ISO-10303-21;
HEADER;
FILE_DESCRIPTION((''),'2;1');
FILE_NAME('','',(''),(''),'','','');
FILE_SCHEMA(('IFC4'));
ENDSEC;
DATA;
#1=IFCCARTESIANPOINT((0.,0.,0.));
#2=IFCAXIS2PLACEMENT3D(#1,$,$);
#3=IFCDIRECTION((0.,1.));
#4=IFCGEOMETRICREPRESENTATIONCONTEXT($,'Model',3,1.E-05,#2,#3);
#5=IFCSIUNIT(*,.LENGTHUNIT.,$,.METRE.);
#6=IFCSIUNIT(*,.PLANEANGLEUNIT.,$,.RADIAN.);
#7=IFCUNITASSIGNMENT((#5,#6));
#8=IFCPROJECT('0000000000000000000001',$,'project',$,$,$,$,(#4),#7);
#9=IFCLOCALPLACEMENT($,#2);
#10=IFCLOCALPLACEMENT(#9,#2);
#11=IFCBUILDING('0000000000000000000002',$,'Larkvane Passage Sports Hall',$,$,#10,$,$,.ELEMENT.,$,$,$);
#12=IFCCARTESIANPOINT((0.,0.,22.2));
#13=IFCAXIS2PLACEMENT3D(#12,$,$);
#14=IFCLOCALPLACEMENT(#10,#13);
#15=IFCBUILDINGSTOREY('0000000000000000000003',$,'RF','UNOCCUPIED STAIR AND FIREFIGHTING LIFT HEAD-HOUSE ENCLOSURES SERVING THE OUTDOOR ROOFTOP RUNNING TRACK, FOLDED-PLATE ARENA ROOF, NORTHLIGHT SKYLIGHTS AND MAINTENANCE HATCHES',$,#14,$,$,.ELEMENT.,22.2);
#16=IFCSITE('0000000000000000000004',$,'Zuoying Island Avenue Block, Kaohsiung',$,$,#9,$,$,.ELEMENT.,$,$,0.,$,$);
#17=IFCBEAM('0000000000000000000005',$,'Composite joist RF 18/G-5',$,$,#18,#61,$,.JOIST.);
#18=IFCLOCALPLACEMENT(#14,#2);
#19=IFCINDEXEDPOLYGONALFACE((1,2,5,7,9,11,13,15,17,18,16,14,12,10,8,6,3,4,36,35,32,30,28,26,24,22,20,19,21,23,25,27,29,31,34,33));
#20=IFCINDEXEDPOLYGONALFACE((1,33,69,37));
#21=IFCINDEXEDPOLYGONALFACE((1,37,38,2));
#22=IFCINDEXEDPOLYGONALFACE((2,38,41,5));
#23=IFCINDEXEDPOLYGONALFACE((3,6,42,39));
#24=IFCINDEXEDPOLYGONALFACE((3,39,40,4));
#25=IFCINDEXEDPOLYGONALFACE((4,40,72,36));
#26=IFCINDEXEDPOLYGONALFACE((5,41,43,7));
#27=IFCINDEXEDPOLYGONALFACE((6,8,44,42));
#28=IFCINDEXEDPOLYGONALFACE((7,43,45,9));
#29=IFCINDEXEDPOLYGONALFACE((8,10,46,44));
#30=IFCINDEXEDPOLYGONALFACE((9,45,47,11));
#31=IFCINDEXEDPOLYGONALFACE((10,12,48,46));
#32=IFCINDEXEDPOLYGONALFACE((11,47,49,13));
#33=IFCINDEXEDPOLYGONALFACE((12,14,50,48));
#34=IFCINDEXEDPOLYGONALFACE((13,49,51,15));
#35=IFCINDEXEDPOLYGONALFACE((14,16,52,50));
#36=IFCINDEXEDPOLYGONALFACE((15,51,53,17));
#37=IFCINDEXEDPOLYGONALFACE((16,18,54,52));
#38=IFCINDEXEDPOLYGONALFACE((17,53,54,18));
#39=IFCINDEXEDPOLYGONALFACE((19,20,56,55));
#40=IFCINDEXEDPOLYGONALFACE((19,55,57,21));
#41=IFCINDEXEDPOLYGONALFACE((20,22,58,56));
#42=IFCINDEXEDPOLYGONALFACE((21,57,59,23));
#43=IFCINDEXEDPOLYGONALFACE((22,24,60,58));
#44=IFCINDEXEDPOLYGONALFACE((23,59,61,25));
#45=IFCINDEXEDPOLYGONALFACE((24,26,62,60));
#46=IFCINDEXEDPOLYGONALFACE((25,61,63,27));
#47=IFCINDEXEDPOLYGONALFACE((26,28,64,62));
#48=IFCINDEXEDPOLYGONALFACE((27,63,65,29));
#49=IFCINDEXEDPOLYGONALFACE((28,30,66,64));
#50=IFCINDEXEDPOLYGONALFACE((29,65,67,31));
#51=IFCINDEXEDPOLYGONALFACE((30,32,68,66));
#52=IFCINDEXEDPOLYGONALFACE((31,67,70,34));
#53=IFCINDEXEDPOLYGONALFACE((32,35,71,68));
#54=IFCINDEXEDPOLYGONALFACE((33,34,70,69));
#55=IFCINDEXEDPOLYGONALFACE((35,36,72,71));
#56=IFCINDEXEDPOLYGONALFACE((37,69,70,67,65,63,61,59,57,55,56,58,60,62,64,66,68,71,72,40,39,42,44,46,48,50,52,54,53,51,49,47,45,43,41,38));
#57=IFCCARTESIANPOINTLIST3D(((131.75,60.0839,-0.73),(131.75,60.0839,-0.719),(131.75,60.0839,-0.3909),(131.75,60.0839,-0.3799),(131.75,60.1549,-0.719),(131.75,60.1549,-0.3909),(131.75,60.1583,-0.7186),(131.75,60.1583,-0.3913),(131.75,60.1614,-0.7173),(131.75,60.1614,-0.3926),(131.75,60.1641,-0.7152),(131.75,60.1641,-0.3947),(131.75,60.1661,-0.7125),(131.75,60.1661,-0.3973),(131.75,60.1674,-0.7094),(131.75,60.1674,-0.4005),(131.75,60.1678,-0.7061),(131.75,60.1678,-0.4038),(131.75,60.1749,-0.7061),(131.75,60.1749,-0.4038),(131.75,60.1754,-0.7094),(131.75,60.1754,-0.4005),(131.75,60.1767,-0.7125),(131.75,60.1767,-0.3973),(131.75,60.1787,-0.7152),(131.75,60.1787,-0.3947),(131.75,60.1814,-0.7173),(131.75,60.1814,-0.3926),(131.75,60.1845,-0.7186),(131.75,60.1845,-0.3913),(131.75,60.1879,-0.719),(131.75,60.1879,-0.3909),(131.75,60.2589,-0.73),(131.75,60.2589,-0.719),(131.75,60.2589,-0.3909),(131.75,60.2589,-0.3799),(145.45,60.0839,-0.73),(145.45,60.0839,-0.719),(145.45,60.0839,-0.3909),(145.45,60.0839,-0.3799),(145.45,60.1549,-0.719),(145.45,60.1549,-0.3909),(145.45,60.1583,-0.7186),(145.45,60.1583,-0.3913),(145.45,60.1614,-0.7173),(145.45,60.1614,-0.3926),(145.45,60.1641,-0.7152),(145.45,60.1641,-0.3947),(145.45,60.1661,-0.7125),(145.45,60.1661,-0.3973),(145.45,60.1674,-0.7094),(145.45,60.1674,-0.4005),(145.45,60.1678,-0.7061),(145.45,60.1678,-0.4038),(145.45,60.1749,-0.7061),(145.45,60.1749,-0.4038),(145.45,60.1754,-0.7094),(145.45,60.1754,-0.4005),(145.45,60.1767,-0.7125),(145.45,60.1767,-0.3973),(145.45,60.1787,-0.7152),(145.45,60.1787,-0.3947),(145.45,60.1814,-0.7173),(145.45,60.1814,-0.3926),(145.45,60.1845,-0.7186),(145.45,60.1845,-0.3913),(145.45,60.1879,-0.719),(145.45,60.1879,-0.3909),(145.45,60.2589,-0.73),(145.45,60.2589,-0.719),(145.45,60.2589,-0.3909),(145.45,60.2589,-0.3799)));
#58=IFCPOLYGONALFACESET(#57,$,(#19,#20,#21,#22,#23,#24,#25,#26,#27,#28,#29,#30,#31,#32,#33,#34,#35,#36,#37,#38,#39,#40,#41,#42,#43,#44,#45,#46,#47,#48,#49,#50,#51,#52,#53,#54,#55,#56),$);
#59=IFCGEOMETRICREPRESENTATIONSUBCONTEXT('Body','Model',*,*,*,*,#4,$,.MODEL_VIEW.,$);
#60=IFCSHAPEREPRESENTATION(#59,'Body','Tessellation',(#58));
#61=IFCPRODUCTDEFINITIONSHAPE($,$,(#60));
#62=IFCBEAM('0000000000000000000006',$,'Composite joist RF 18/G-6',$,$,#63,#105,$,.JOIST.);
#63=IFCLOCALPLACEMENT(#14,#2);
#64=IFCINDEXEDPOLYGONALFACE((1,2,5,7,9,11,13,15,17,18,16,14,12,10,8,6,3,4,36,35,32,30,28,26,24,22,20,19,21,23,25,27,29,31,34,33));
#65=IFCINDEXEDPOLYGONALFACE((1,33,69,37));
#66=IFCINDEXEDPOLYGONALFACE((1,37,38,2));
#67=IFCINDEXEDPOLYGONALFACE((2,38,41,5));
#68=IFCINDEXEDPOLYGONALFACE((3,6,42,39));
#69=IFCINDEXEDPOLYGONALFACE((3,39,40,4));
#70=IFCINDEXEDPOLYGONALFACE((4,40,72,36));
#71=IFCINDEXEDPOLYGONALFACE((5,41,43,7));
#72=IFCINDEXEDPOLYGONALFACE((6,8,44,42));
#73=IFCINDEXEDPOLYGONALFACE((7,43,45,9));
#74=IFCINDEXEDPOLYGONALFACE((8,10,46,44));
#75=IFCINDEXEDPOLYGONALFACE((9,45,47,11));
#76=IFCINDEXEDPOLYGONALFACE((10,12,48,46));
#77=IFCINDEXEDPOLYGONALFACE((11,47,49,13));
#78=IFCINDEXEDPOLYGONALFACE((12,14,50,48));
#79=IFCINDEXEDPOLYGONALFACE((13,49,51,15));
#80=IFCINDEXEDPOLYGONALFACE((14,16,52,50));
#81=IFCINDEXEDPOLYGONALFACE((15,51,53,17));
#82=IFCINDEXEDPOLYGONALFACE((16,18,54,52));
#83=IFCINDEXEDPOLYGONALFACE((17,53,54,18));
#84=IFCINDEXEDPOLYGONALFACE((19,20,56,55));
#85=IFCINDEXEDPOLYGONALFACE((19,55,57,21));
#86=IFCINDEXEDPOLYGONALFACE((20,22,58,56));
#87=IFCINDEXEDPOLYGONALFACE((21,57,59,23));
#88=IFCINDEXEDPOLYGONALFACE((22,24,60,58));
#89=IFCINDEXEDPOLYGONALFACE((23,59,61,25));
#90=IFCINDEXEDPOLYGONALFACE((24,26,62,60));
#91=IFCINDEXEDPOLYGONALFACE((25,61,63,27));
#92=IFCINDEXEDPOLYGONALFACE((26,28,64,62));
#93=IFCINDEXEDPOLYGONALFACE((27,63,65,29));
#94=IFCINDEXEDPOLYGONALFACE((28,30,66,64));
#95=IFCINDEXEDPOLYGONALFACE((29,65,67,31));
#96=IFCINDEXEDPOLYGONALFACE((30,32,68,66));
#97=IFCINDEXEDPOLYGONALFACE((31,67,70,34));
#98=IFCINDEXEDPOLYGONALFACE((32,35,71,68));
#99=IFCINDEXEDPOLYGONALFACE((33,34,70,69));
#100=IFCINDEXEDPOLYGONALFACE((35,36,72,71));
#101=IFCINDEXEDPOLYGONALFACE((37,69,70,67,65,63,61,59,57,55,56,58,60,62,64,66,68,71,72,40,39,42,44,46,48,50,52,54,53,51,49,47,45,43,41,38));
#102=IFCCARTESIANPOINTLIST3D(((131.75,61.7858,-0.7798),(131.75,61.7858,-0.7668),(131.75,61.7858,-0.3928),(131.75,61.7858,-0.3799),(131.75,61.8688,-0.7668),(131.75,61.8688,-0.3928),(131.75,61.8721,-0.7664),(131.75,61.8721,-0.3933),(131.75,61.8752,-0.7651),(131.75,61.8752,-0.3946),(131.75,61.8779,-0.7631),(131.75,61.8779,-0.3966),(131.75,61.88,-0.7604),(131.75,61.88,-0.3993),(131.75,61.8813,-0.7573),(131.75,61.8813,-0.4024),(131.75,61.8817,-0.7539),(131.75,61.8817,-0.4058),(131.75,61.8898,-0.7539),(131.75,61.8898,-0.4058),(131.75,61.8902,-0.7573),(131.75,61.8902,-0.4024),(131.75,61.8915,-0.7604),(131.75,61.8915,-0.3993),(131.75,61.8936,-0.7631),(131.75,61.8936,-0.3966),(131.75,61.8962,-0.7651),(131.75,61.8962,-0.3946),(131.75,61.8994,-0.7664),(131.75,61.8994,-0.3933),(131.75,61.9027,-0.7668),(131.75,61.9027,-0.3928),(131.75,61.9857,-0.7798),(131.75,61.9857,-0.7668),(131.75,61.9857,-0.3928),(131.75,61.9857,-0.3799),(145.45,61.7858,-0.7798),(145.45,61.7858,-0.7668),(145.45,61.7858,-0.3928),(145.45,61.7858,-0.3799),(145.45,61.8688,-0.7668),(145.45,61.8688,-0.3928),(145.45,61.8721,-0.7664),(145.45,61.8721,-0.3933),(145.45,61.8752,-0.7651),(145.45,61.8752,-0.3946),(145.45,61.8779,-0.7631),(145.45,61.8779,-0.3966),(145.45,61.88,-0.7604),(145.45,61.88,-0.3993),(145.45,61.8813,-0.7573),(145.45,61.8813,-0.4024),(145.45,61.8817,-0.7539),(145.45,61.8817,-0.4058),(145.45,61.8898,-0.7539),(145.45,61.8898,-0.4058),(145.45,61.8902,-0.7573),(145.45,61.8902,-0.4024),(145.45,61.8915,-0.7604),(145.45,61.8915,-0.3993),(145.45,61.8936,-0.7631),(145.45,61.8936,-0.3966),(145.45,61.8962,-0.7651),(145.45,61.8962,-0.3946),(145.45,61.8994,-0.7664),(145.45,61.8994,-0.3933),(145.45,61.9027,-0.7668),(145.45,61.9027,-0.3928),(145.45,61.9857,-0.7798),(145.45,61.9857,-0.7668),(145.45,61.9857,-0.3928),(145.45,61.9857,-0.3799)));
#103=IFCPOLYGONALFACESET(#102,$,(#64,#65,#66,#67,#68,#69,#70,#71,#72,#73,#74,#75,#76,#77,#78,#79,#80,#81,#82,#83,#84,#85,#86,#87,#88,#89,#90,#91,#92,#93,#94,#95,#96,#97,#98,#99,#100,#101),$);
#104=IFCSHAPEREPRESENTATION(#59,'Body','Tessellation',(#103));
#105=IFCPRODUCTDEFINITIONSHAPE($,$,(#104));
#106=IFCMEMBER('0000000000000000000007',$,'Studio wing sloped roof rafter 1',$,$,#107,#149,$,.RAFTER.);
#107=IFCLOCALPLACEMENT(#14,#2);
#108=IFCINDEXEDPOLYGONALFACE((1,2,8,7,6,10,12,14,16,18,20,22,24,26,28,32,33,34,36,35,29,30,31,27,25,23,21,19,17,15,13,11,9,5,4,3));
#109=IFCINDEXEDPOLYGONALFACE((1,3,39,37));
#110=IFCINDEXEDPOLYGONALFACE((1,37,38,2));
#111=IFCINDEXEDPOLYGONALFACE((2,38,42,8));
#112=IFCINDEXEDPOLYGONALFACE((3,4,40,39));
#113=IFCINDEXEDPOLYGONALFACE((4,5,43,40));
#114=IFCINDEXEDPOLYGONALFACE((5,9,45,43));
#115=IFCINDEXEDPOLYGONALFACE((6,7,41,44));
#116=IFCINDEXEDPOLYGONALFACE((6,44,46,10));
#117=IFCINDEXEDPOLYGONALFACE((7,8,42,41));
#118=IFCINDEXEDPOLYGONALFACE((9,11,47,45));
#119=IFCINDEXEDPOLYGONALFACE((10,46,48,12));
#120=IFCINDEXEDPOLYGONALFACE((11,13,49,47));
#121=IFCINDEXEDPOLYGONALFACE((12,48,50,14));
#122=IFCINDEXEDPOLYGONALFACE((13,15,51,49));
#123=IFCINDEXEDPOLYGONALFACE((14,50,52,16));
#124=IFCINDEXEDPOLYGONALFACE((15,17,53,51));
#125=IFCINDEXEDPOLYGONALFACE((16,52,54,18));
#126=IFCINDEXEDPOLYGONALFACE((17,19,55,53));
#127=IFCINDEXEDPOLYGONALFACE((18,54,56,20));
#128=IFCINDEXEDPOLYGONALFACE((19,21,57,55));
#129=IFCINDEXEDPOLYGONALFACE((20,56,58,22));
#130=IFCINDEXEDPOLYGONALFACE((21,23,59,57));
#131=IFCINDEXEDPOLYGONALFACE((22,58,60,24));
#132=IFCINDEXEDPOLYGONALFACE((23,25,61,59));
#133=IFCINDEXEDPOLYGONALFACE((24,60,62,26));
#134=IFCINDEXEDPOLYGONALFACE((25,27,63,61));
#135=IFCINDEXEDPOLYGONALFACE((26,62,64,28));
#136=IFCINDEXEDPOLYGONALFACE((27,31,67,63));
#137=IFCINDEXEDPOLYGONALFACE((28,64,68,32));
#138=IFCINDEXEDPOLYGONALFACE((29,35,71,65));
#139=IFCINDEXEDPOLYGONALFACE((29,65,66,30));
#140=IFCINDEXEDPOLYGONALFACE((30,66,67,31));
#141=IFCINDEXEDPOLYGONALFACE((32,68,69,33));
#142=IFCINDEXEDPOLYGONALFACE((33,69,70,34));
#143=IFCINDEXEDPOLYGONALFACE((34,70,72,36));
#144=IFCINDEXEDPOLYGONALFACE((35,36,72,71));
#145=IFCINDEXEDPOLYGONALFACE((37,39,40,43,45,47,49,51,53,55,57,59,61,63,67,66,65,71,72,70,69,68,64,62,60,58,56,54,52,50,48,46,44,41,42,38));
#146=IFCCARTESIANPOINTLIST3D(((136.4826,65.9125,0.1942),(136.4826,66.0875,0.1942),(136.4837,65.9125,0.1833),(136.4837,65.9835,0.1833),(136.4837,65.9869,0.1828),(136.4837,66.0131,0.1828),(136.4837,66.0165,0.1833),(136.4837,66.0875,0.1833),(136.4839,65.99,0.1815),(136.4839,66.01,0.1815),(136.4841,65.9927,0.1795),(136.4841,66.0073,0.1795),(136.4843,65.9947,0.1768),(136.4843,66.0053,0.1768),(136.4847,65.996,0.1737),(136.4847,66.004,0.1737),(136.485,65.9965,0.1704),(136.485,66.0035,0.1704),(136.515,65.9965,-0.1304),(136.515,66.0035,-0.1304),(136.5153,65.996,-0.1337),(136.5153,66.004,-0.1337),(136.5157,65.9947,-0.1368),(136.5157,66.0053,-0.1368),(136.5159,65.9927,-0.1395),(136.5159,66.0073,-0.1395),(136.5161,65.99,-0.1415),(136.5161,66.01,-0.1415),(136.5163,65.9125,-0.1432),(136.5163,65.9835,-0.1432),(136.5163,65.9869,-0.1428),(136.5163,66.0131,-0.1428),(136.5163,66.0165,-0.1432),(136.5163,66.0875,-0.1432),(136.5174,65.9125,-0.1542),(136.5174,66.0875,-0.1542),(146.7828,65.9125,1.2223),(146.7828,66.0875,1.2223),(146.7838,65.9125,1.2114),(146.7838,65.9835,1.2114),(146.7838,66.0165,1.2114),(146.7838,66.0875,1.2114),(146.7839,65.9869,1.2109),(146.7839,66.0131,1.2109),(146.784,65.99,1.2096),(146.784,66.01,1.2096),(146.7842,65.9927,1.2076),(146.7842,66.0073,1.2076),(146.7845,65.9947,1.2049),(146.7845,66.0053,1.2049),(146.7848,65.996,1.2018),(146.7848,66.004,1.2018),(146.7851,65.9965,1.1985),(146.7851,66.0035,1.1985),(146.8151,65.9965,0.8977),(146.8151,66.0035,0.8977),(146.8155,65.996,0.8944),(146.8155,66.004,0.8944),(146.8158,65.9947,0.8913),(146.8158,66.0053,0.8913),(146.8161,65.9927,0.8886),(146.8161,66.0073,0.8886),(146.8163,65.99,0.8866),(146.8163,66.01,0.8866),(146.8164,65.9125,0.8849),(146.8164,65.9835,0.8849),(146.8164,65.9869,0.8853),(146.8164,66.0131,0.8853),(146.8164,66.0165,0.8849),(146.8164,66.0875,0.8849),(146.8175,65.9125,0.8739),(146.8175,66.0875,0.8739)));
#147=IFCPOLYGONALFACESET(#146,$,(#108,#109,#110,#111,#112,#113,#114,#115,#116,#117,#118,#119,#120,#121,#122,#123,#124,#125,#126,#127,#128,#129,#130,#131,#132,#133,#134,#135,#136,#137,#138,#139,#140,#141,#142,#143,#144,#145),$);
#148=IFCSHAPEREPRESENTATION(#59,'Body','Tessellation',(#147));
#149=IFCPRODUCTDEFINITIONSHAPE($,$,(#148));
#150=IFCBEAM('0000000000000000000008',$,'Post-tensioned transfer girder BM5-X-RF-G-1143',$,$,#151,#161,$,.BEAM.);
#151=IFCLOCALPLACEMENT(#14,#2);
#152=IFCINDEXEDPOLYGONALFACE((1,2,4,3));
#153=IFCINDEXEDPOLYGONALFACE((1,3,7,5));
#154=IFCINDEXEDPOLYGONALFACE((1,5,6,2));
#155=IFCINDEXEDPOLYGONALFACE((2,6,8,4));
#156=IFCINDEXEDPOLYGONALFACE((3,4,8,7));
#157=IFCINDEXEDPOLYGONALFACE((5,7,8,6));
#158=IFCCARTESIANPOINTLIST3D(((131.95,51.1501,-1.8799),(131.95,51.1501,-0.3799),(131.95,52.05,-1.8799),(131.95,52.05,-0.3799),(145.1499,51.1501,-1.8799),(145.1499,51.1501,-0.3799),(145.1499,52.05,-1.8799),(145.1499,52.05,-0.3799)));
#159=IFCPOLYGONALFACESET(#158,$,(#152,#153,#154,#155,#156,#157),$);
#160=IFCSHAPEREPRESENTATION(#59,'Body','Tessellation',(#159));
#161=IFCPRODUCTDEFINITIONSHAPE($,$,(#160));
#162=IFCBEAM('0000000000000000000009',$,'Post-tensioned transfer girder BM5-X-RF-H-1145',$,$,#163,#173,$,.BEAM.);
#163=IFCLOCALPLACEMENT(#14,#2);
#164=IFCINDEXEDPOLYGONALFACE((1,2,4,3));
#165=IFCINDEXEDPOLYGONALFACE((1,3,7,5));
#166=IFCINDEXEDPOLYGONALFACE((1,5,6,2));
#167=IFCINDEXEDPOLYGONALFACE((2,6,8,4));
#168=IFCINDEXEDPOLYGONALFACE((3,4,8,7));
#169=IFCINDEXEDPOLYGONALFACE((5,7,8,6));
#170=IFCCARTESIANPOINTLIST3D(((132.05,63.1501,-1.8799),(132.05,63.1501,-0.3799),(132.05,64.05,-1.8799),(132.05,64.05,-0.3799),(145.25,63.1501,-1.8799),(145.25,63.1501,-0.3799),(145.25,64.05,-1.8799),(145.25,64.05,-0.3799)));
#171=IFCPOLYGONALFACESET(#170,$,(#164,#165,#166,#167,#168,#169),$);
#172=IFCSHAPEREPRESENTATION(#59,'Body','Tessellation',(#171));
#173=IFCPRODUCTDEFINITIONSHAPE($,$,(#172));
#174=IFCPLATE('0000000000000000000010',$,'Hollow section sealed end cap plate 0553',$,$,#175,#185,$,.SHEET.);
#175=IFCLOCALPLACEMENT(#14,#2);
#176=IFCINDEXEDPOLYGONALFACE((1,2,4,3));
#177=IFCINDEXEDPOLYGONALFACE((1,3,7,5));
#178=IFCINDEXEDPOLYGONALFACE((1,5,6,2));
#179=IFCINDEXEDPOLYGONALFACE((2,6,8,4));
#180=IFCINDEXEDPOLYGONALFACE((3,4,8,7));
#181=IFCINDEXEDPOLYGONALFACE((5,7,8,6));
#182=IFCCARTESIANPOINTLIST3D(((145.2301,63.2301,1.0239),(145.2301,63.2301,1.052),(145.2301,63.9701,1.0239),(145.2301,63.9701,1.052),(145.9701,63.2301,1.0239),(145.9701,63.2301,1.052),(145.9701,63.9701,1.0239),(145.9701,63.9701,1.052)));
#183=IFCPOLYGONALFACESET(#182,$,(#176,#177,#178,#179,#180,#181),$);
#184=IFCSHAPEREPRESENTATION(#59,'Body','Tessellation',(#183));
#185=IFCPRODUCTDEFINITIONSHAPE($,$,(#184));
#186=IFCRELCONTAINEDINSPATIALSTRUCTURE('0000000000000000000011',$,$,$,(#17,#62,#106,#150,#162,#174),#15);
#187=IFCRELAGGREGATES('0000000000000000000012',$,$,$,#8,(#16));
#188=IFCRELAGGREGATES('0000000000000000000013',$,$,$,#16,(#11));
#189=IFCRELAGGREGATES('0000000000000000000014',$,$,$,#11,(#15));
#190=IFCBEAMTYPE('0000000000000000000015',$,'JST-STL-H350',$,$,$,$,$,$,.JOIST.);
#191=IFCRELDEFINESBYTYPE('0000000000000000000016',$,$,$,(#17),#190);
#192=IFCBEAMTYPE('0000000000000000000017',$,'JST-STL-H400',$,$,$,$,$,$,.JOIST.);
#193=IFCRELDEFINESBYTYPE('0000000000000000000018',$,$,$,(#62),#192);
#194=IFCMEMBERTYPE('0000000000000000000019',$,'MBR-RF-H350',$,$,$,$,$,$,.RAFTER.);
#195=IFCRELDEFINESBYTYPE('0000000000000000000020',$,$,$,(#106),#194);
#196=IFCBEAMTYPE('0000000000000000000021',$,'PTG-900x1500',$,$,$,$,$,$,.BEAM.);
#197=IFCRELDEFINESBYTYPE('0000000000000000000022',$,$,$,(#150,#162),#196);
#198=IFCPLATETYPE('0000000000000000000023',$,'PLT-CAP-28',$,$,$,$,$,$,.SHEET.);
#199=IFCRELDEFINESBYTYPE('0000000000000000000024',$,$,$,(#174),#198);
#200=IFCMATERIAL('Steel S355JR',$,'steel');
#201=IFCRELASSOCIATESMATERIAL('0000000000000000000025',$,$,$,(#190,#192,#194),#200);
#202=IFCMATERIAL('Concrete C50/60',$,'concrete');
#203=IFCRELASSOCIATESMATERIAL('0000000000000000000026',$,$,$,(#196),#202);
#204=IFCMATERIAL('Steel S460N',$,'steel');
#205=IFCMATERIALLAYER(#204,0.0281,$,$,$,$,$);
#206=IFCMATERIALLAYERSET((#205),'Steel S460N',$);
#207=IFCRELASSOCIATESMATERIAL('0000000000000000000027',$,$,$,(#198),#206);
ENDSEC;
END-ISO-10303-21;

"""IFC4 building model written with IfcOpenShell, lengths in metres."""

from ifc_helpers import new_model, si_unit, direction, frame, origin, origin_2d, place, context, subcontext, project, spatial, rectangle, i_section, extrude, material, layer, layer_set, material_profile, profile_set, type_object, element, save


model = new_model("IFC4")

# Units and contexts
model_context = context("Model", 3, precision=1e-05, world=origin(), true_north=direction((0.0, 1.0)))
body_context = subcontext(model_context, "Body", "Model", "MODEL_VIEW")
ifc_project = project(units=[si_unit("LENGTHUNIT", "METRE"), si_unit("PLANEANGLEUNIT", "RADIAN")], contexts=[model_context])

# Site, building, storey
site_placement = place(None, origin())
site = spatial("IfcSite", under=ifc_project, at=site_placement, Name="Zuoying Island Avenue Block, Kaohsiung", CompositionType="ELEMENT", RefElevation=0.0)
building_placement = place(site_placement, origin())
building = spatial("IfcBuilding", under=site, at=building_placement, Name="Larkvane Passage Sports Hall", CompositionType="ELEMENT")
storey_placement = place(building_placement, frame((0.0, 0.0, 22.2)))
storey = spatial("IfcBuildingStorey", under=building, at=storey_placement, Name="RF", Description="UNOCCUPIED STAIR AND FIREFIGHTING LIFT HEAD-HOUSE ENCLOSURES SERVING THE OUTDOOR ROOFTOP RUNNING TRACK, FOLDED-PLATE ARENA ROOF, NORTHLIGHT SKYLIGHTS AND MAINTENANCE HATCHES", CompositionType="ELEMENT", Elevation=22.2)

# Shared definitions
ifc_material_1 = material(Name="Steel S460N", Category="steel")

# Beams
ifc_material_2 = material(Name="Steel S355JR", Category="steel")
ifc_material_profile_1 = material_profile(ifc_material_2, i_section(OverallWidth=0.175, OverallDepth=0.3501, WebThickness=0.0071, FlangeThickness=0.011, FilletRadius=0.0129, at=origin_2d()), Name="H-350x175x7x11")
ifc_profile_set_1 = profile_set([ifc_material_profile_1], Name="Steel S355JR")
beam_type_1 = type_object("IfcBeamType", Name="JST-STL-H350", PredefinedType="JOIST", material=ifc_profile_set_1)
beam_1_placement = place(storey_placement, frame((131.75, 60.1714, -0.5549), z_axis=(1.0, 0.0, 0.0), x_axis=(0.0, 1.0, 0.0)))
element("IfcBeam", 1, at=beam_1_placement, inside=storey, type_object=beam_type_1, Name="Composite joist RF 18/G-5", PredefinedType="JOIST", context=body_context, shape_type="SweptSolid", body=[
    extrude(i_section(OverallWidth=0.175, OverallDepth=0.3501, WebThickness=0.0071, FlangeThickness=0.011, FilletRadius=0.0129, at=origin_2d()), origin(), (0.0, 0.0, 1.0), 13.7),
])
ifc_material_profile_2 = material_profile(ifc_material_2, i_section(OverallWidth=0.2, OverallDepth=0.3999, WebThickness=0.0081, FlangeThickness=0.0129, FilletRadius=0.0129, at=origin_2d()), Name="H-400x200x8x13")
ifc_profile_set_2 = profile_set([ifc_material_profile_2], Name="Steel S355JR")
beam_type_2 = type_object("IfcBeamType", Name="JST-STL-H400", PredefinedType="JOIST", material=ifc_profile_set_2)
beam_2_placement = place(storey_placement, frame((131.75, 61.8857, -0.5798), z_axis=(1.0, 0.0, 0.0), x_axis=(0.0, 1.0, 0.0)))
element("IfcBeam", 2, at=beam_2_placement, inside=storey, type_object=beam_type_2, Name="Composite joist RF 18/G-6", PredefinedType="JOIST", context=body_context, shape_type="SweptSolid", body=[
    extrude(i_section(OverallWidth=0.2, OverallDepth=0.3999, WebThickness=0.0081, FlangeThickness=0.0129, FilletRadius=0.0129, at=origin_2d()), origin(), (0.0, 0.0, 1.0), 13.7),
])

# Member
ifc_material_profile_3 = material_profile(ifc_material_2, i_section(OverallWidth=0.175, OverallDepth=0.3501, WebThickness=0.0071, FlangeThickness=0.011, FilletRadius=0.0129, at=origin_2d()), Name="H-350x175x7x11")
ifc_profile_set_3 = profile_set([ifc_material_profile_3], Name="Steel S355JR")
member_type = type_object("IfcMemberType", Name="MBR-RF-H350", PredefinedType="RAFTER", material=ifc_profile_set_3)
member_placement = place(storey_placement, frame((136.5, 66.0, 0.02), z_axis=(0.995056, 0.0, 0.099319), x_axis=(0.0, 1.0, 0.0)))
element("IfcMember", 3, at=member_placement, inside=storey, type_object=member_type, Name="Studio wing sloped roof rafter 1", PredefinedType="RAFTER", context=body_context, shape_type="SweptSolid", body=[
    extrude(i_section(OverallWidth=0.175, OverallDepth=0.3501, WebThickness=0.0071, FlangeThickness=0.011, FilletRadius=0.0129, at=origin_2d()), origin(), (0.0, 0.0, 1.0), 10.3513),
])

# Beams
ifc_material_3 = material(Name="Concrete C50/60", Category="concrete")
ifc_material_profile_4 = material_profile(ifc_material_3, rectangle(XDim=0.8999, YDim=1.5, at=origin_2d()), Name="PT-GIR-900x1500")
ifc_profile_set_4 = profile_set([ifc_material_profile_4], Name="Concrete C50/60")
beam_type_3 = type_object("IfcBeamType", Name="PTG-900x1500", PredefinedType="BEAM", material=ifc_profile_set_4)
for number, where, z_axis, x_axis, name in (
    (4, (131.95, 51.6001, -1.1299), (1.0, 0.0, 0.0), (0.0, 1.0, 0.0), "Post-tensioned transfer girder BM5-X-RF-G-1143"),
    (5, (132.05, 63.6001, -1.1299), (1.0, 0.0, 0.0), (0.0, 1.0, 0.0), "Post-tensioned transfer girder BM5-X-RF-H-1145"),
):
    element("IfcBeam", number, at=place(storey_placement, frame(where, z_axis=z_axis, x_axis=x_axis)), inside=storey, type_object=beam_type_3, Name=name, PredefinedType="BEAM", context=body_context, shape_type="SweptSolid", body=[
        extrude(rectangle(XDim=0.8999, YDim=1.5, at=origin_2d()), origin(), (0.0, 0.0, 1.0), 13.2),
    ])

# Plate
ifc_layer_1 = layer(ifc_material_1, 0.0281)
ifc_layer_set_1 = layer_set([ifc_layer_1], Name="Steel S460N")
plate_type = type_object("IfcPlateType", Name="PLT-CAP-28", PredefinedType="SHEET", material=ifc_layer_set_1)
plate_placement = place(storey_placement, frame((145.6001, 63.6001, 1.0239), z_axis=(0.0, 0.0, 1.0), x_axis=(1.0, 0.0, 0.0)))
element("IfcPlate", 6, at=plate_placement, inside=storey, type_object=plate_type, Name="Hollow section sealed end cap plate 0553", PredefinedType="SHEET", context=body_context, shape_type="SweptSolid", body=[
    extrude(rectangle(XDim=0.74, YDim=0.74, at=origin_2d()), origin(), (0.0, 0.0, 1.0), 0.0281),
])

save(model, "model.ifc")
